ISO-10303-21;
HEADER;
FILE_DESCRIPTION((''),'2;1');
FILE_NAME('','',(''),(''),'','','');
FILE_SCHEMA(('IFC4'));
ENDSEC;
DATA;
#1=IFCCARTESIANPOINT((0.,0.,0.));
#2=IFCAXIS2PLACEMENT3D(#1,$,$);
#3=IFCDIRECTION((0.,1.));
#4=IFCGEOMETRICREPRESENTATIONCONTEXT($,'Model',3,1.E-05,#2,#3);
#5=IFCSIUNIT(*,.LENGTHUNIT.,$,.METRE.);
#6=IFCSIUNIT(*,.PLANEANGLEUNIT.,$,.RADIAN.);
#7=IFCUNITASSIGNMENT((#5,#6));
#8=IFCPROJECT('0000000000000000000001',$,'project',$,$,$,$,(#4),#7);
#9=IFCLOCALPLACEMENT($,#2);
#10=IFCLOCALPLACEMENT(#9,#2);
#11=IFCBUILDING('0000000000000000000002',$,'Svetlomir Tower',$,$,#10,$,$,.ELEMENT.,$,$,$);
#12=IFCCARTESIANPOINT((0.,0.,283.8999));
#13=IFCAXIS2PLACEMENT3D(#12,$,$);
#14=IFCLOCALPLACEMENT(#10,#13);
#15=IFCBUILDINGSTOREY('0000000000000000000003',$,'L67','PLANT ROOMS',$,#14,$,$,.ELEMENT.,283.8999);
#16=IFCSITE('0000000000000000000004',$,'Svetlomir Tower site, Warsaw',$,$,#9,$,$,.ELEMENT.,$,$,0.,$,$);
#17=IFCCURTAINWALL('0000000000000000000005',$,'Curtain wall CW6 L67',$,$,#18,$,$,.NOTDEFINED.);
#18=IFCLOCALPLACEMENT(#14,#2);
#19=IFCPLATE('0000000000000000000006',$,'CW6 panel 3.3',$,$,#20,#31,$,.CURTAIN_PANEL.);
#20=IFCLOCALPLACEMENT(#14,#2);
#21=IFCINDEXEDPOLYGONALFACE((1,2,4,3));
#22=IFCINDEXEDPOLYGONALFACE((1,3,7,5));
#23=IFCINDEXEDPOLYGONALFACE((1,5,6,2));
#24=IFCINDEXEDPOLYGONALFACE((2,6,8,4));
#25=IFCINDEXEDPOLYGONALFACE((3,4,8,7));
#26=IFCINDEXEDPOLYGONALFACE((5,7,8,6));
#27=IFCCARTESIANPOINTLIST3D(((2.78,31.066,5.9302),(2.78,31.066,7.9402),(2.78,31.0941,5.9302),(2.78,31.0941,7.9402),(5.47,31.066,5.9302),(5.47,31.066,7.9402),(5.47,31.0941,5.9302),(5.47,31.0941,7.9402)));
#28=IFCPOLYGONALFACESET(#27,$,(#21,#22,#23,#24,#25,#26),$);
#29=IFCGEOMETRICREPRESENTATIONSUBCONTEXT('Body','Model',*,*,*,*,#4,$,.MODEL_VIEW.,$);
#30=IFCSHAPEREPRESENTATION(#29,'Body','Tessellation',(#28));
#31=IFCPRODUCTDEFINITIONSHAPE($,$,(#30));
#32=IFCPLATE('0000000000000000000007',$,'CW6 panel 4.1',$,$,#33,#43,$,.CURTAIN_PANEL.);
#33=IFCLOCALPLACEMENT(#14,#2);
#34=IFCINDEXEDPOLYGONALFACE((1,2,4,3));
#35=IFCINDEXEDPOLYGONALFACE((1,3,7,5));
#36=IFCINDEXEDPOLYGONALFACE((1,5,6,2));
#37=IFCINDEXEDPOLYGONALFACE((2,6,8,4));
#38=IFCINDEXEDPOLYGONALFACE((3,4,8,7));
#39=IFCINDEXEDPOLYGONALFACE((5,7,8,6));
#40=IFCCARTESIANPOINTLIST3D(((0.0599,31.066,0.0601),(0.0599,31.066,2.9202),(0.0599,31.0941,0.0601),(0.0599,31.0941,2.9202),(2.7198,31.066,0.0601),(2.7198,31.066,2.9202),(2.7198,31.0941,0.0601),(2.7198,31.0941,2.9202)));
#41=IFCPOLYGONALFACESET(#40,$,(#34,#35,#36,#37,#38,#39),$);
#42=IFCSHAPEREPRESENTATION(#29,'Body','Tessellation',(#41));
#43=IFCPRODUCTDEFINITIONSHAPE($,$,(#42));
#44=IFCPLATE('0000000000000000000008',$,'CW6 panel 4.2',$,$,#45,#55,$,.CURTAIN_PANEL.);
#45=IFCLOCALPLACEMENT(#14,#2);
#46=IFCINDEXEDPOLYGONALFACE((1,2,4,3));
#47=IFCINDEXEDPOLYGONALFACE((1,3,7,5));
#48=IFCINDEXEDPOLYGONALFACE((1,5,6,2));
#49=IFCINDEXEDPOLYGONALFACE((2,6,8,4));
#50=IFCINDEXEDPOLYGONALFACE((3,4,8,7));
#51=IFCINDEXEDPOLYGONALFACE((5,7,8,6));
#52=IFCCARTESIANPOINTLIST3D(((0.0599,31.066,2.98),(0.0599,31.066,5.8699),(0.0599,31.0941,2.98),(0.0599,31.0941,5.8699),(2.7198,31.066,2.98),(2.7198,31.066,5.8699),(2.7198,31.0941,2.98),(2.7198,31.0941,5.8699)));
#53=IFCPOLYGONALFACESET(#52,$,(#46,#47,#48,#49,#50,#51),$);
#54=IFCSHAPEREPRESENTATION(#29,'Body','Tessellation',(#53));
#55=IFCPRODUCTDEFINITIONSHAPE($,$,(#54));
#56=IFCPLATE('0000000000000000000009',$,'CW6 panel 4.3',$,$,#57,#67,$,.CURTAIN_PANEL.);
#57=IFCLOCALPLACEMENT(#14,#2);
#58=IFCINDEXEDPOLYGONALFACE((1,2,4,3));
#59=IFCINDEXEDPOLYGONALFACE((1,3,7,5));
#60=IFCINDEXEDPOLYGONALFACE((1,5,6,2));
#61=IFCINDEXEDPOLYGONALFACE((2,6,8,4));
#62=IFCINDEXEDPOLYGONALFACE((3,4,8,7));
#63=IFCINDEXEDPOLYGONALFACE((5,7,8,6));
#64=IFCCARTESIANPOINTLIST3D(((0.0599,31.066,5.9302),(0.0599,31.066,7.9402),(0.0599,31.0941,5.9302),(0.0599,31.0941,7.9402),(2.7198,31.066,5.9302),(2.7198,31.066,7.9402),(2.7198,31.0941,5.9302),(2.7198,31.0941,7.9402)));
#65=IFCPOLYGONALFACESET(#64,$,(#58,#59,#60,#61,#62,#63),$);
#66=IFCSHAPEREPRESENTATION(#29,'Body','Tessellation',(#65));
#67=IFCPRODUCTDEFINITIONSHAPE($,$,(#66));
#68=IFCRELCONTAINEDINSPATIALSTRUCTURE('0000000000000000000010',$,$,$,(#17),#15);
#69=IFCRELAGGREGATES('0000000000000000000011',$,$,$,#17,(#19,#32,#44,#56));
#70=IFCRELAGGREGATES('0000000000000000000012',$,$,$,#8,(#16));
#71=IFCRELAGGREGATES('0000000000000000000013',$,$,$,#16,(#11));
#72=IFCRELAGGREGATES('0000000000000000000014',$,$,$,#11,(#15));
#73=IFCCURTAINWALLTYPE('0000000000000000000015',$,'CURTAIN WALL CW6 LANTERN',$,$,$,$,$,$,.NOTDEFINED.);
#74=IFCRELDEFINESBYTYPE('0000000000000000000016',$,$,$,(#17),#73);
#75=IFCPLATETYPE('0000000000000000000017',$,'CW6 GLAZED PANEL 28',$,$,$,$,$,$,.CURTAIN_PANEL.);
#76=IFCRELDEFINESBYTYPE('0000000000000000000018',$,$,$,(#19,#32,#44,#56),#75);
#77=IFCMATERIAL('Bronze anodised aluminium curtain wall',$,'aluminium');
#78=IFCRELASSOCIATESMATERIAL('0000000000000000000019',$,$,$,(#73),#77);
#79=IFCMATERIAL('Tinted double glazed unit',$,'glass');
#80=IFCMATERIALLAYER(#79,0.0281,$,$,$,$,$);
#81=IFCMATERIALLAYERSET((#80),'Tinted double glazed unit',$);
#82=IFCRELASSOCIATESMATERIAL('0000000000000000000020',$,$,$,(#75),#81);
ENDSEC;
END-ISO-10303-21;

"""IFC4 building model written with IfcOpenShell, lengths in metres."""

from ifc_helpers import new_model, si_unit, direction, frame, origin, origin_2d, place, context, subcontext, project, spatial, rectangle, extrude, material, layer, layer_set, type_object, element, aggregate, save


model = new_model("IFC4")

# Units and contexts
model_context = context("Model", 3, precision=1e-05, world=origin(), true_north=direction((0.0, 1.0)))
body_context = subcontext(model_context, "Body", "Model", "MODEL_VIEW")
ifc_project = project(units=[si_unit("LENGTHUNIT", "METRE"), si_unit("PLANEANGLEUNIT", "RADIAN")], contexts=[model_context])

# Site, building, storey
site_placement = place(None, origin())
site = spatial("IfcSite", under=ifc_project, at=site_placement, Name="Svetlomir Tower site, Warsaw", CompositionType="ELEMENT", RefElevation=0.0)
building_placement = place(site_placement, origin())
building = spatial("IfcBuilding", under=site, at=building_placement, Name="Svetlomir Tower", CompositionType="ELEMENT")
storey_placement = place(building_placement, frame((0.0, 0.0, 283.8999)))
storey = spatial("IfcBuildingStorey", under=building, at=storey_placement, Name="L67", Description="PLANT ROOMS", CompositionType="ELEMENT", Elevation=283.8999)

# Curtain wall
ifc_material_1 = material(Name="Bronze anodised aluminium curtain wall", Category="aluminium")
curtain_wall_type = type_object("IfcCurtainWallType", Name="CURTAIN WALL CW6 LANTERN", PredefinedType="NOTDEFINED", material=ifc_material_1)
curtain_wall_1_placement = place(storey_placement, origin())
curtain_wall_1 = element("IfcCurtainWall", 1, at=curtain_wall_1_placement, inside=storey, type_object=curtain_wall_type, Name="Curtain wall CW6 L67", PredefinedType="NOTDEFINED")

# Plates
ifc_material_2 = material(Name="Tinted double glazed unit", Category="glass")
ifc_layer = layer(ifc_material_2, 0.0281)
ifc_layer_set = layer_set([ifc_layer], Name="Tinted double glazed unit")
plate_type = type_object("IfcPlateType", Name="CW6 GLAZED PANEL 28", PredefinedType="CURTAIN_PANEL", material=ifc_layer_set)
plate_1_placement = place(storey_placement, frame((4.125, 31.0801, 5.9302), z_axis=(0.0, 0.0, 1.0), x_axis=(-1.0, 0.0, 0.0)))
plate_1 = element("IfcPlate", 2, at=plate_1_placement, type_object=plate_type, Name="CW6 panel 3.3", PredefinedType="CURTAIN_PANEL", context=body_context, shape_type="SweptSolid", body=[
    extrude(rectangle(XDim=2.6899, YDim=0.0281, at=origin_2d()), origin(), (0.0, 0.0, 1.0), 2.01),
])
plate_2_placement = place(storey_placement, frame((1.3899, 31.0801, 0.0601), z_axis=(0.0, 0.0, 1.0), x_axis=(-1.0, 0.0, 0.0)))
plate_2 = element("IfcPlate", 3, at=plate_2_placement, type_object=plate_type, Name="CW6 panel 4.1", PredefinedType="CURTAIN_PANEL", context=body_context, shape_type="SweptSolid", body=[
    extrude(rectangle(XDim=2.6599, YDim=0.0281, at=origin_2d()), origin(), (0.0, 0.0, 1.0), 2.8601),
])
plate_3_placement = place(storey_placement, frame((1.3899, 31.0801, 2.98), z_axis=(0.0, 0.0, 1.0), x_axis=(-1.0, 0.0, 0.0)))
plate_3 = element("IfcPlate", 4, at=plate_3_placement, type_object=plate_type, Name="CW6 panel 4.2", PredefinedType="CURTAIN_PANEL", context=body_context, shape_type="SweptSolid", body=[
    extrude(rectangle(XDim=2.6599, YDim=0.0281, at=origin_2d()), origin(), (0.0, 0.0, 1.0), 2.8899),
])
plate_4_placement = place(storey_placement, frame((1.3899, 31.0801, 5.9302), z_axis=(0.0, 0.0, 1.0), x_axis=(-1.0, 0.0, 0.0)))
plate_4 = element("IfcPlate", 5, at=plate_4_placement, type_object=plate_type, Name="CW6 panel 4.3", PredefinedType="CURTAIN_PANEL", context=body_context, shape_type="SweptSolid", body=[
    extrude(rectangle(XDim=2.6599, YDim=0.0281, at=origin_2d()), origin(), (0.0, 0.0, 1.0), 2.01),
])
aggregate(curtain_wall_1, [plate_1, plate_2, plate_3, plate_4])

save(model, "model.ifc")
